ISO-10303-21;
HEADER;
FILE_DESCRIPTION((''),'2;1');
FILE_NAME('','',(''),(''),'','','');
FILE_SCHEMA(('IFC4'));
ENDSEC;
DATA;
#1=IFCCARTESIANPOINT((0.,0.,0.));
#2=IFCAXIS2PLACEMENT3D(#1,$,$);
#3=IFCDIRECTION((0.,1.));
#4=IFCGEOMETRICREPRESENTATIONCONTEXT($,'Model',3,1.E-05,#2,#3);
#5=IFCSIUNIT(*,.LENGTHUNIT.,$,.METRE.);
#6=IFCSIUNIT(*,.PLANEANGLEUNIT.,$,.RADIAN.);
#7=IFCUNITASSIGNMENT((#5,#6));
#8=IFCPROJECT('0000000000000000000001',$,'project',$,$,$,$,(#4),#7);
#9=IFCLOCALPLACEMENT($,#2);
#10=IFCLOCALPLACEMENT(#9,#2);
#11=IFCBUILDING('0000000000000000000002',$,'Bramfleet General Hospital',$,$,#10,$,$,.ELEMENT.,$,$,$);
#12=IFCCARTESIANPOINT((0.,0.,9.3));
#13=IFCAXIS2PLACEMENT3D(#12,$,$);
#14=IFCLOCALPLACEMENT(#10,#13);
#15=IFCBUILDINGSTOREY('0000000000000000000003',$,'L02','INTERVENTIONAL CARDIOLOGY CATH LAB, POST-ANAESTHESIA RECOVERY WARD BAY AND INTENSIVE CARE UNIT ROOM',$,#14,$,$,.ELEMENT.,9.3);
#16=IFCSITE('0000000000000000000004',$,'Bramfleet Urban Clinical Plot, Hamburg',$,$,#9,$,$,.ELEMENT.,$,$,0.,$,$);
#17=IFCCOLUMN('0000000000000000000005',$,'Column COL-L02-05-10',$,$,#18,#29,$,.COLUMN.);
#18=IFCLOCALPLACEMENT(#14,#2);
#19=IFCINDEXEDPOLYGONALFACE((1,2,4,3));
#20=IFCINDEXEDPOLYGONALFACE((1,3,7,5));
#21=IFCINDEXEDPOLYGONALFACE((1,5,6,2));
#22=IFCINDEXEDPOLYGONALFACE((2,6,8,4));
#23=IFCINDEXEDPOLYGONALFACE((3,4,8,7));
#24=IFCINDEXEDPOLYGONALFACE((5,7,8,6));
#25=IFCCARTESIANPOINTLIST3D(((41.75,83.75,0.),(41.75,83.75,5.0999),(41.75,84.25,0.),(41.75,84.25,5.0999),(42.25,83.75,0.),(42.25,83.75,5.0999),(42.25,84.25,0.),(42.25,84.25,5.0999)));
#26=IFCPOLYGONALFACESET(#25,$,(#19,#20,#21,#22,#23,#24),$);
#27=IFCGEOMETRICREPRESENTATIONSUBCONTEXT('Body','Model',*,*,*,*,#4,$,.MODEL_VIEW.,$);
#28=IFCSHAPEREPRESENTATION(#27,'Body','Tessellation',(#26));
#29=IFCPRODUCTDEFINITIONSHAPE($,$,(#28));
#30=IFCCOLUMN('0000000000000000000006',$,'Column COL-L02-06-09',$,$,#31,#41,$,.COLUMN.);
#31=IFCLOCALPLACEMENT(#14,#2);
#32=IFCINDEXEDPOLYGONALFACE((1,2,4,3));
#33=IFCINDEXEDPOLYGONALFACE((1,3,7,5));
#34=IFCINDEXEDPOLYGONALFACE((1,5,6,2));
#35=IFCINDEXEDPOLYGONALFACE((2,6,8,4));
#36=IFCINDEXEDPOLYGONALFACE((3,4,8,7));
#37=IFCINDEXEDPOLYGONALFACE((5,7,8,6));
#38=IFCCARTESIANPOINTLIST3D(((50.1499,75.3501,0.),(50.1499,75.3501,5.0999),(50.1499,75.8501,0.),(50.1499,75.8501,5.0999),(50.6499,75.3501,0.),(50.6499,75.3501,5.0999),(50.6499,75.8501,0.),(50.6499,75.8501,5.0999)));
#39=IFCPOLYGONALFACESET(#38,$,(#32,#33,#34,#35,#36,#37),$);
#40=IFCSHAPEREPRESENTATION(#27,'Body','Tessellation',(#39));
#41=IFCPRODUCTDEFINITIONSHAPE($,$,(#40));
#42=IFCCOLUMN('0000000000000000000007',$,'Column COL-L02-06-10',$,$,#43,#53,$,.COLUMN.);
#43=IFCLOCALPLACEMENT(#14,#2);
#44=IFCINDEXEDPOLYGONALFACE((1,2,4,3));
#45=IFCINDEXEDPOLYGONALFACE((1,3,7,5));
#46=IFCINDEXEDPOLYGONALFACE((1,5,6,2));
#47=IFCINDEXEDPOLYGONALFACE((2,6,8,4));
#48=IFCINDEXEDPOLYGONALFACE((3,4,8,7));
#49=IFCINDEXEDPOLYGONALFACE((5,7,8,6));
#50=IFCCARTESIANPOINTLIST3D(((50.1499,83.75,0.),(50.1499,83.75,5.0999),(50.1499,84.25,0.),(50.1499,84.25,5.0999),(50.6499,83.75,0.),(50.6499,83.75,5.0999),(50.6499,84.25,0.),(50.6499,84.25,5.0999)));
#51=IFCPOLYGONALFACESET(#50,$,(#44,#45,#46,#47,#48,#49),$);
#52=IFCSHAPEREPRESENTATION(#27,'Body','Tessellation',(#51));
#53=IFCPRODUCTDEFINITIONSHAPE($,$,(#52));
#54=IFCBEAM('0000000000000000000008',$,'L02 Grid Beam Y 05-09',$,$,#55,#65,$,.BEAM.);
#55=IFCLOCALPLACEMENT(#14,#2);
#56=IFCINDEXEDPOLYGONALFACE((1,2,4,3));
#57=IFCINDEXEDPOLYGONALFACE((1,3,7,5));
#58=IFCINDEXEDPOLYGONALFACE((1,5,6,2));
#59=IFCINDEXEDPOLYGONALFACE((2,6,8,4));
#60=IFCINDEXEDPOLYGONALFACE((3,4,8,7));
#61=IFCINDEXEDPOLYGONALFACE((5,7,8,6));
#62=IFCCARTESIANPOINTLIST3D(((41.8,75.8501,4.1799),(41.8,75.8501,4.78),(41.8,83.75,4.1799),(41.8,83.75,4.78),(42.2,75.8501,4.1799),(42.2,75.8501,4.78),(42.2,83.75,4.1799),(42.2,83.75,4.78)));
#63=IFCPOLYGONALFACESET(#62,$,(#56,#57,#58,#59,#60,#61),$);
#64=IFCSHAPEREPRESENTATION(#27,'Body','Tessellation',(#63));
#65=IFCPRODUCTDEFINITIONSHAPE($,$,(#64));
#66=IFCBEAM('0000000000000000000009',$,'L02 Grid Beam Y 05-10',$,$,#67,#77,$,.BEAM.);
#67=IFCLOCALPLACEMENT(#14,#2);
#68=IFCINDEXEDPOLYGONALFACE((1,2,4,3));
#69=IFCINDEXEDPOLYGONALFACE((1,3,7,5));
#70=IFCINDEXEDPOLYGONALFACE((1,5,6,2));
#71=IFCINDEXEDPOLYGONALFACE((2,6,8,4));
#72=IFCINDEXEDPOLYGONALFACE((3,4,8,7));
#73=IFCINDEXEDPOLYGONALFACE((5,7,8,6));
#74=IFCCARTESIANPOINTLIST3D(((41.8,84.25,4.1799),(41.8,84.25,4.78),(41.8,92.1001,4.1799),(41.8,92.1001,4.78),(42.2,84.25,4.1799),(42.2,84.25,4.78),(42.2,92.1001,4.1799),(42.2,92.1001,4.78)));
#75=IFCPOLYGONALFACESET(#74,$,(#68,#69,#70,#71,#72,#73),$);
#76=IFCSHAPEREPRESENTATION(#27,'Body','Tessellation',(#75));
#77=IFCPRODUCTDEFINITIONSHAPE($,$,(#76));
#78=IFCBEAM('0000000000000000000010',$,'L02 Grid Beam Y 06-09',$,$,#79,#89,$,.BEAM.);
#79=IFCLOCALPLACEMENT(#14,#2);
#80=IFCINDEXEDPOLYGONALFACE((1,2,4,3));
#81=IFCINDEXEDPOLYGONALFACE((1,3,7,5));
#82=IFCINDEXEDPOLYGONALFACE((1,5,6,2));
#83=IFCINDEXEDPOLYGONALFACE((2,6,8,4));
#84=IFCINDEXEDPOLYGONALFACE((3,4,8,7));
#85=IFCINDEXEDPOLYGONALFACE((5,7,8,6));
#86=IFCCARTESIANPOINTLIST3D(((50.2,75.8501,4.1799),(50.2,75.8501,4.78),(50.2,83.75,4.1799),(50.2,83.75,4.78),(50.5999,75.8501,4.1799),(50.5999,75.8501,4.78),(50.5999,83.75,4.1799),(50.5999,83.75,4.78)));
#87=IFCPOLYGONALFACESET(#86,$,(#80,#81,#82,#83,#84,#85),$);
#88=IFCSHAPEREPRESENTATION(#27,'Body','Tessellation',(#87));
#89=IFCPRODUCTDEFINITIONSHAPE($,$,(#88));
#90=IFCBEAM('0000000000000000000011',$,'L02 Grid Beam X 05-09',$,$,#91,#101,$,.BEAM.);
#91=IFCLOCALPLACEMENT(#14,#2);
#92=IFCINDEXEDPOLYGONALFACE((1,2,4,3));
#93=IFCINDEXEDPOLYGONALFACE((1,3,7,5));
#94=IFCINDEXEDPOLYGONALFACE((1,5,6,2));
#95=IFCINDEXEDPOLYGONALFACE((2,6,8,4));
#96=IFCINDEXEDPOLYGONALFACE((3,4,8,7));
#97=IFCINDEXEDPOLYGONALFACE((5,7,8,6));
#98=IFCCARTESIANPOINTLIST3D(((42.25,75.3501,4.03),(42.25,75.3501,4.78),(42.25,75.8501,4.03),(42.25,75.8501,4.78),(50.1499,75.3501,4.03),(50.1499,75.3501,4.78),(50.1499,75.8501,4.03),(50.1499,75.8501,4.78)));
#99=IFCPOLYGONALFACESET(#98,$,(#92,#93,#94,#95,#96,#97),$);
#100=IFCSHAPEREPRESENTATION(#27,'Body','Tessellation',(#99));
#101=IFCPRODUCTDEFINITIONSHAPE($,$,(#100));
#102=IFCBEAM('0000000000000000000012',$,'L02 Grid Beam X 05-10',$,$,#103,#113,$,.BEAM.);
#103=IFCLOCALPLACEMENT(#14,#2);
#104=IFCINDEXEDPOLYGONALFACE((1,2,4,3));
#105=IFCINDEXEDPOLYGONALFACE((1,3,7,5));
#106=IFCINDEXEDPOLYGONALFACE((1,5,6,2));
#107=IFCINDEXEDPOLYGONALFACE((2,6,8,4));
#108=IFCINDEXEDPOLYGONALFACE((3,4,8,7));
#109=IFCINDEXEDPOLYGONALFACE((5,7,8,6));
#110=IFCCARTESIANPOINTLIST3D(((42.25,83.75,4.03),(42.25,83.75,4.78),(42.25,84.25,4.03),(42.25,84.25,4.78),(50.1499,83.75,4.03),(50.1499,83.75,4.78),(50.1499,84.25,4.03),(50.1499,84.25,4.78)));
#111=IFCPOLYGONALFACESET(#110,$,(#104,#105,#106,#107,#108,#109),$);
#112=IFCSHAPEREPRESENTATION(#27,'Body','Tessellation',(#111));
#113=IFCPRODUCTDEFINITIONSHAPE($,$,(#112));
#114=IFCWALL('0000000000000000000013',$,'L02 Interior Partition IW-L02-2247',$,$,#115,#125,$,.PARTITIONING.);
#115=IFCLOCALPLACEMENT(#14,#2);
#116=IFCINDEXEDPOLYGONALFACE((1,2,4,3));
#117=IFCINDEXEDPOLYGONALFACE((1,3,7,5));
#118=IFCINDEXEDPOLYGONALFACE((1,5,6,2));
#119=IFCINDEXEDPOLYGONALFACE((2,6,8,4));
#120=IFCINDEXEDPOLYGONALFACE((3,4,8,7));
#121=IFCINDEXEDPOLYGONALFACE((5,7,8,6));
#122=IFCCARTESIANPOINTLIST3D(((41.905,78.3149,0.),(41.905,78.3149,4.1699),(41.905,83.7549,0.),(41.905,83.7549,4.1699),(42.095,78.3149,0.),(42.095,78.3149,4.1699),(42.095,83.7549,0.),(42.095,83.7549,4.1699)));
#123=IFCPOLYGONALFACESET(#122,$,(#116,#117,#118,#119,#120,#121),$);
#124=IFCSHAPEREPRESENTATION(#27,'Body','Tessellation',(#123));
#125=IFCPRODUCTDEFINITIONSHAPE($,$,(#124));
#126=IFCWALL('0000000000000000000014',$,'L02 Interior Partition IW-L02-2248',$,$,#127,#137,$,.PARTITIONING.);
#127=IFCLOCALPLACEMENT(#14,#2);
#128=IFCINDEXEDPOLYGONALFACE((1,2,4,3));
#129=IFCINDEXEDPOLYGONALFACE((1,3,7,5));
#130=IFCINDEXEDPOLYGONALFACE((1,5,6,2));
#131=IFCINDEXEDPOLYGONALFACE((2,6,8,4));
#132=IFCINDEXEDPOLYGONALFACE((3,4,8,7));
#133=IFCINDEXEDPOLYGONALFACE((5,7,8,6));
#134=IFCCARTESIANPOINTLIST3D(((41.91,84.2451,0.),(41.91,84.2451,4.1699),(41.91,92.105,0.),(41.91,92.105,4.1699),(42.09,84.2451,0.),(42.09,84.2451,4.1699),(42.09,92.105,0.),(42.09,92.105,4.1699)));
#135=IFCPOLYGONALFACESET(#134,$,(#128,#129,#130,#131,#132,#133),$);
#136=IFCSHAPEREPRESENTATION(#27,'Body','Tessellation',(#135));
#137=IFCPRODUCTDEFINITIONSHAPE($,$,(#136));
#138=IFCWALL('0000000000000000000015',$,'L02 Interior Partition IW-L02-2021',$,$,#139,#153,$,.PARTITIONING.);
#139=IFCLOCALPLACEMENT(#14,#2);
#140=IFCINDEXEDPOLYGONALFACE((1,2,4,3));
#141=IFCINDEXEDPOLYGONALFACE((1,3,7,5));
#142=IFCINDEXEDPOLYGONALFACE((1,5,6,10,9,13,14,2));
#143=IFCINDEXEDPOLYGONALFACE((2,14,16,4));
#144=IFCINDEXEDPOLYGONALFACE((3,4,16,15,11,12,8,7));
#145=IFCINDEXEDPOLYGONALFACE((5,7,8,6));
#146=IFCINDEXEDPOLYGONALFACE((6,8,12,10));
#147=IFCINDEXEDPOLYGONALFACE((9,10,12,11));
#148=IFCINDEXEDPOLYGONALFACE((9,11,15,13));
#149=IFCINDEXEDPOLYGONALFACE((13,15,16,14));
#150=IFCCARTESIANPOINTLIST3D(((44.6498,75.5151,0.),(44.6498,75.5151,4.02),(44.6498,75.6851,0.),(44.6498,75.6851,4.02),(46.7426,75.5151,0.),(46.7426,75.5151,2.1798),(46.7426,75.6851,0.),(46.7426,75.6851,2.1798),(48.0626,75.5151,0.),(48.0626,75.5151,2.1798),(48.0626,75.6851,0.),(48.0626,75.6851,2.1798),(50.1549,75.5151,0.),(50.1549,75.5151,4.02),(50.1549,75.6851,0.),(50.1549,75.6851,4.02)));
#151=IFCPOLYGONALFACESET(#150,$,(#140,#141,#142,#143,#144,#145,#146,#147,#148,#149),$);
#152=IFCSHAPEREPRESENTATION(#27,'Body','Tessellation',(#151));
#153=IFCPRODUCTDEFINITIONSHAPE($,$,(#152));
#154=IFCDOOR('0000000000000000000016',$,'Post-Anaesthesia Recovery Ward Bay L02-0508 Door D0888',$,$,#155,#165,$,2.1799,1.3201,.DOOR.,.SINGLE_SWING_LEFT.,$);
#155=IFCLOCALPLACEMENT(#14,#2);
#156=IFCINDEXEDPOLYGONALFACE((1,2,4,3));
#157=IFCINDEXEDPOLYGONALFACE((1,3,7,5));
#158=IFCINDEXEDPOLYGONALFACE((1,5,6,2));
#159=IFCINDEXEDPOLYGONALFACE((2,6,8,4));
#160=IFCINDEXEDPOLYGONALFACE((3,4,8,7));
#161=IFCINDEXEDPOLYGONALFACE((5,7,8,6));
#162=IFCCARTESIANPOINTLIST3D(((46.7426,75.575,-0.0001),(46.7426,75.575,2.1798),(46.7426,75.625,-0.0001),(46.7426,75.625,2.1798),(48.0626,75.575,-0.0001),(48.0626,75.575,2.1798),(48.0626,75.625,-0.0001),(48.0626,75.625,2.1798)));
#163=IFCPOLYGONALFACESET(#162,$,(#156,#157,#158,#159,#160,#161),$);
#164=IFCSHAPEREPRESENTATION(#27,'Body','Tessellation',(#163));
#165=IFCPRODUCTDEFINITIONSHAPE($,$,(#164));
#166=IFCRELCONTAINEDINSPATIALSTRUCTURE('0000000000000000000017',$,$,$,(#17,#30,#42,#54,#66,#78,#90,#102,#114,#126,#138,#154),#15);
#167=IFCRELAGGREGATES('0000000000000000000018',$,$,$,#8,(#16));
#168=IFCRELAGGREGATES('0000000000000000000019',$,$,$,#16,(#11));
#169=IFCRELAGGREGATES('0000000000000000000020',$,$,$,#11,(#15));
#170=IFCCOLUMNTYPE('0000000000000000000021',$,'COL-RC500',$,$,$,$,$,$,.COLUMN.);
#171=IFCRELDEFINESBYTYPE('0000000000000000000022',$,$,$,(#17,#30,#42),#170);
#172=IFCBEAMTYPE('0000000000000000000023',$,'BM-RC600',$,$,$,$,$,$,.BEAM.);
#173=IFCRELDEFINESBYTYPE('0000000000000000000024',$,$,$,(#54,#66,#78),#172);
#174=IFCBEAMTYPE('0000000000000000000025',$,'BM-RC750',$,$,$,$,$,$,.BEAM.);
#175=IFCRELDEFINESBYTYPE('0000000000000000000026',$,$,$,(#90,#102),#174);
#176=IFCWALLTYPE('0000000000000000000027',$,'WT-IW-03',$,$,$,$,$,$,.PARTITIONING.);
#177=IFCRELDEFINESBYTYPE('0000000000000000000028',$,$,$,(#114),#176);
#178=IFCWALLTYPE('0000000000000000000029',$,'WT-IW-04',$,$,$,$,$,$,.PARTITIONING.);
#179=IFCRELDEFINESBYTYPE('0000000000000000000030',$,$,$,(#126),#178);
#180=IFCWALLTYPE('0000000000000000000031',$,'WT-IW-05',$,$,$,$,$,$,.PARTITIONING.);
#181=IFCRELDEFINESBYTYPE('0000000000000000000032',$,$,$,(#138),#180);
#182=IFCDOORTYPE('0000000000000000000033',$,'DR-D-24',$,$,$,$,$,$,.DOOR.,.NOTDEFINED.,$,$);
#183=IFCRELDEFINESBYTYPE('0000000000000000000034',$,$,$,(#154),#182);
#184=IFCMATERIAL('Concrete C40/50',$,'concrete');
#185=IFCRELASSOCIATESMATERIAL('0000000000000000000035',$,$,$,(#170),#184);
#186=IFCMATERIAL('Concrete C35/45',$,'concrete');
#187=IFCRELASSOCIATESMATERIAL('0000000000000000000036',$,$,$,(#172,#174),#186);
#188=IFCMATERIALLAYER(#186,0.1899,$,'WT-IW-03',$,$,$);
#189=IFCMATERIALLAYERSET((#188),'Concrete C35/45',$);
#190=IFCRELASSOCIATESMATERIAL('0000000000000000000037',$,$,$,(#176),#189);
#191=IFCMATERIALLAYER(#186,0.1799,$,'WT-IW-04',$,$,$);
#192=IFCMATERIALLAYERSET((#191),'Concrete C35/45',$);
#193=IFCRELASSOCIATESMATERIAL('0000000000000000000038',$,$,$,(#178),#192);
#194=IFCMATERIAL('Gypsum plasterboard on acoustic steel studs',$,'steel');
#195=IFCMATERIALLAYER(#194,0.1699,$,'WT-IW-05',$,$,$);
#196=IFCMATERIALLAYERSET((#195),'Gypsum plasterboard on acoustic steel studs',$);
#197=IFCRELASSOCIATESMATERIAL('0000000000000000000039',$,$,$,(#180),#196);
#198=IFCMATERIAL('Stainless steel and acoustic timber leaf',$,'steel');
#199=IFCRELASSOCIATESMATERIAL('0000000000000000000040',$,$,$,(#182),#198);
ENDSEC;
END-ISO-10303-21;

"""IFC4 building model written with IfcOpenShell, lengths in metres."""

from ifc_helpers import new_model, si_unit, direction, frame, frame_2d, origin, origin_2d, place, context, subcontext, project, spatial, rectangle, extrude, material, layer, layer_set, material_profile, profile_set, type_object, element, fill, save


model = new_model("IFC4")

# Units and contexts
model_context = context("Model", 3, precision=1e-05, world=origin(), true_north=direction((0.0, 1.0)))
body_context = subcontext(model_context, "Body", "Model", "MODEL_VIEW")
ifc_project = project(units=[si_unit("LENGTHUNIT", "METRE"), si_unit("PLANEANGLEUNIT", "RADIAN")], contexts=[model_context])

# Site, building, storey
site_placement = place(None, origin())
site = spatial("IfcSite", under=ifc_project, at=site_placement, Name="Bramfleet Urban Clinical Plot, Hamburg", CompositionType="ELEMENT", RefElevation=0.0)
building_placement = place(site_placement, origin())
building = spatial("IfcBuilding", under=site, at=building_placement, Name="Bramfleet General Hospital", CompositionType="ELEMENT")
storey_placement = place(building_placement, frame((0.0, 0.0, 9.3)))
storey = spatial("IfcBuildingStorey", under=building, at=storey_placement, Name="L02", Description="INTERVENTIONAL CARDIOLOGY CATH LAB, POST-ANAESTHESIA RECOVERY WARD BAY AND INTENSIVE CARE UNIT ROOM", CompositionType="ELEMENT", Elevation=9.3)

# Columns
ifc_material_1 = material(Name="Concrete C40/50", Category="concrete")
ifc_material_profile_1 = material_profile(ifc_material_1, rectangle(XDim=0.5, YDim=0.5, at=origin_2d()), Name="RC COL 500x500")
ifc_profile_set_1 = profile_set([ifc_material_profile_1], Name="Concrete C40/50")
column_type = type_object("IfcColumnType", Name="COL-RC500", PredefinedType="COLUMN", material=ifc_profile_set_1)
for number, where, z_axis, x_axis, name in (
    (1, (42.0, 84.0, 0.0), (0.0, 0.0, 1.0), (1.0, 0.0, 0.0), "Column COL-L02-05-10"),
    (2, (50.3999, 75.6001, 0.0), (0.0, 0.0, 1.0), (1.0, 0.0, 0.0), "Column COL-L02-06-09"),
    (3, (50.3999, 84.0, 0.0), (0.0, 0.0, 1.0), (1.0, 0.0, 0.0), "Column COL-L02-06-10"),
):
    element("IfcColumn", number, at=place(storey_placement, frame(where, z_axis=z_axis, x_axis=x_axis)), inside=storey, type_object=column_type, Name=name, PredefinedType="COLUMN", context=body_context, shape_type="SweptSolid", body=[
        extrude(rectangle(XDim=0.5, YDim=0.5, at=origin_2d()), origin(), (0.0, 0.0, 1.0), 5.0999),
    ])

# Beams
ifc_material_2 = material(Name="Concrete C35/45", Category="concrete")
ifc_material_profile_2 = material_profile(ifc_material_2, rectangle(XDim=0.3999, YDim=0.6001, at=origin_2d()), Name="RC BM 600x400")
ifc_profile_set_2 = profile_set([ifc_material_profile_2], Name="Concrete C35/45")
beam_type_1 = type_object("IfcBeamType", Name="BM-RC600", PredefinedType="BEAM", material=ifc_profile_set_2)
beam_1_placement = place(storey_placement, frame((42.0, 75.8501, 4.48), z_axis=(0.0, 1.0, 0.0), x_axis=(-1.0, 0.0, 0.0)))
element("IfcBeam", 4, at=beam_1_placement, inside=storey, type_object=beam_type_1, Name="L02 Grid Beam Y 05-09", PredefinedType="BEAM", context=body_context, shape_type="SweptSolid", body=[
    extrude(rectangle(XDim=0.3999, YDim=0.6001, at=origin_2d()), origin(), (0.0, 0.0, 1.0), 7.8999),
])
beam_2_placement = place(storey_placement, frame((42.0, 84.25, 4.48), z_axis=(0.0, 1.0, 0.0), x_axis=(-1.0, 0.0, 0.0)))
element("IfcBeam", 5, at=beam_2_placement, inside=storey, type_object=beam_type_1, Name="L02 Grid Beam Y 05-10", PredefinedType="BEAM", context=body_context, shape_type="SweptSolid", body=[
    extrude(rectangle(XDim=0.3999, YDim=0.6001, at=origin_2d()), origin(), (0.0, 0.0, 1.0), 7.8501),
])
beam_3_placement = place(storey_placement, frame((50.3999, 75.8501, 4.48), z_axis=(0.0, 1.0, 0.0), x_axis=(-1.0, 0.0, 0.0)))
element("IfcBeam", 6, at=beam_3_placement, inside=storey, type_object=beam_type_1, Name="L02 Grid Beam Y 06-09", PredefinedType="BEAM", context=body_context, shape_type="SweptSolid", body=[
    extrude(rectangle(XDim=0.3999, YDim=0.6001, at=origin_2d()), origin(), (0.0, 0.0, 1.0), 7.8999),
])
ifc_material_profile_3 = material_profile(ifc_material_2, rectangle(XDim=0.5, YDim=0.75, at=origin_2d()), Name="RC BM 750x500")
ifc_profile_set_3 = profile_set([ifc_material_profile_3], Name="Concrete C35/45")
beam_type_2 = type_object("IfcBeamType", Name="BM-RC750", PredefinedType="BEAM", material=ifc_profile_set_3)
for number, where, z_axis, x_axis, name in (
    (7, (42.25, 75.6001, 4.405), (1.0, 0.0, 0.0), (0.0, 1.0, 0.0), "L02 Grid Beam X 05-09"),
    (8, (42.25, 84.0, 4.405), (1.0, 0.0, 0.0), (0.0, 1.0, 0.0), "L02 Grid Beam X 05-10"),
):
    element("IfcBeam", number, at=place(storey_placement, frame(where, z_axis=z_axis, x_axis=x_axis)), inside=storey, type_object=beam_type_2, Name=name, PredefinedType="BEAM", context=body_context, shape_type="SweptSolid", body=[
        extrude(rectangle(XDim=0.5, YDim=0.75, at=origin_2d()), origin(), (0.0, 0.0, 1.0), 7.8999),
    ])

# Walls
ifc_layer_1 = layer(ifc_material_2, 0.1899, Name="WT-IW-03")
ifc_layer_set_1 = layer_set([ifc_layer_1], Name="Concrete C35/45")
wall_type_1 = type_object("IfcWallType", Name="WT-IW-03", PredefinedType="PARTITIONING", material=ifc_layer_set_1)
wall_1_placement = place(storey_placement, frame((42.0, 78.3149, 0.0), z_axis=(0.0, 0.0, 1.0), x_axis=(0.0, 1.0, 0.0)))
element("IfcWall", 9, at=wall_1_placement, inside=storey, type_object=wall_type_1, Name="L02 Interior Partition IW-L02-2247", PredefinedType="PARTITIONING", context=body_context, shape_type="SweptSolid", body=[
    extrude(rectangle(XDim=5.4399, YDim=0.1899, at=frame_2d((2.72, 0.0))), origin(), (0.0, 0.0, 1.0), 4.1699),
])
ifc_layer_2 = layer(ifc_material_2, 0.1799, Name="WT-IW-04")
ifc_layer_set_2 = layer_set([ifc_layer_2], Name="Concrete C35/45")
wall_type_2 = type_object("IfcWallType", Name="WT-IW-04", PredefinedType="PARTITIONING", material=ifc_layer_set_2)
wall_2_placement = place(storey_placement, frame((42.0, 84.2451, 0.0), z_axis=(0.0, 0.0, 1.0), x_axis=(0.0, 1.0, 0.0)))
element("IfcWall", 10, at=wall_2_placement, inside=storey, type_object=wall_type_2, Name="L02 Interior Partition IW-L02-2248", PredefinedType="PARTITIONING", context=body_context, shape_type="SweptSolid", body=[
    extrude(rectangle(XDim=7.8599, YDim=0.1799, at=frame_2d((3.9299, 0.0))), origin(), (0.0, 0.0, 1.0), 4.1699),
])

# Wall, opening, door
ifc_material_3 = material(Name="Gypsum plasterboard on acoustic steel studs", Category="steel")
ifc_layer_3 = layer(ifc_material_3, 0.1699, Name="WT-IW-05")
ifc_layer_set_3 = layer_set([ifc_layer_3], Name="Gypsum plasterboard on acoustic steel studs")
wall_type_3 = type_object("IfcWallType", Name="WT-IW-05", PredefinedType="PARTITIONING", material=ifc_layer_set_3)
wall_3_placement = place(storey_placement, frame((44.6499, 75.6001, 0.0), z_axis=(0.0, 0.0, 1.0), x_axis=(1.0, 0.0, 0.0)))
wall_3 = element("IfcWall", 11, at=wall_3_placement, inside=storey, type_object=wall_type_3, Name="L02 Interior Partition IW-L02-2021", PredefinedType="PARTITIONING", context=body_context, shape_type="SweptSolid", body=[
    extrude(rectangle(XDim=5.5051, YDim=0.1699, at=frame_2d((2.7524, 0.0))), origin(), (0.0, 0.0, 1.0), 4.02),
])
opening_1_placement = place(wall_3_placement, frame((2.0925, 0.0, 0.0)))
opening_1 = element("IfcOpeningElement", 12, at=opening_1_placement, cuts=wall_3, PredefinedType="OPENING", context=body_context, shape_type="SweptSolid", body=[
    extrude(rectangle(XDim=1.3201, YDim=2.1799, at=frame_2d((0.6602, 1.0898))), frame((0.0, 0.095, 0.0), z_axis=(0.0, -1.0, 0.0), x_axis=(1.0, 0.0, 0.0)), (0.0, 0.0, 1.0), 0.1899),
])
ifc_material_4 = material(Name="Stainless steel and acoustic timber leaf", Category="steel")
door_type_1 = type_object("IfcDoorType", Name="DR-D-24", OperationType="NOTDEFINED", PredefinedType="DOOR", material=ifc_material_4)
door_1_placement = place(opening_1_placement, origin())
door_1 = element("IfcDoor", 13, at=door_1_placement, inside=storey, type_object=door_type_1, Name="Post-Anaesthesia Recovery Ward Bay L02-0508 Door D0888", OperationType="SINGLE_SWING_LEFT", OverallHeight=2.1799, OverallWidth=1.3201, PredefinedType="DOOR", context=body_context, shape_type="SweptSolid", body=[
    extrude(rectangle(XDim=1.3201, YDim=2.1799, at=frame_2d((0.6602, 1.0898))), frame((0.0, 0.0249, 0.0), z_axis=(0.0, -1.0, 0.0), x_axis=(1.0, 0.0, 0.0)), (0.0, 0.0, 1.0), 0.05),
])
fill(opening_1, door_1)

save(model, "model.ifc")
